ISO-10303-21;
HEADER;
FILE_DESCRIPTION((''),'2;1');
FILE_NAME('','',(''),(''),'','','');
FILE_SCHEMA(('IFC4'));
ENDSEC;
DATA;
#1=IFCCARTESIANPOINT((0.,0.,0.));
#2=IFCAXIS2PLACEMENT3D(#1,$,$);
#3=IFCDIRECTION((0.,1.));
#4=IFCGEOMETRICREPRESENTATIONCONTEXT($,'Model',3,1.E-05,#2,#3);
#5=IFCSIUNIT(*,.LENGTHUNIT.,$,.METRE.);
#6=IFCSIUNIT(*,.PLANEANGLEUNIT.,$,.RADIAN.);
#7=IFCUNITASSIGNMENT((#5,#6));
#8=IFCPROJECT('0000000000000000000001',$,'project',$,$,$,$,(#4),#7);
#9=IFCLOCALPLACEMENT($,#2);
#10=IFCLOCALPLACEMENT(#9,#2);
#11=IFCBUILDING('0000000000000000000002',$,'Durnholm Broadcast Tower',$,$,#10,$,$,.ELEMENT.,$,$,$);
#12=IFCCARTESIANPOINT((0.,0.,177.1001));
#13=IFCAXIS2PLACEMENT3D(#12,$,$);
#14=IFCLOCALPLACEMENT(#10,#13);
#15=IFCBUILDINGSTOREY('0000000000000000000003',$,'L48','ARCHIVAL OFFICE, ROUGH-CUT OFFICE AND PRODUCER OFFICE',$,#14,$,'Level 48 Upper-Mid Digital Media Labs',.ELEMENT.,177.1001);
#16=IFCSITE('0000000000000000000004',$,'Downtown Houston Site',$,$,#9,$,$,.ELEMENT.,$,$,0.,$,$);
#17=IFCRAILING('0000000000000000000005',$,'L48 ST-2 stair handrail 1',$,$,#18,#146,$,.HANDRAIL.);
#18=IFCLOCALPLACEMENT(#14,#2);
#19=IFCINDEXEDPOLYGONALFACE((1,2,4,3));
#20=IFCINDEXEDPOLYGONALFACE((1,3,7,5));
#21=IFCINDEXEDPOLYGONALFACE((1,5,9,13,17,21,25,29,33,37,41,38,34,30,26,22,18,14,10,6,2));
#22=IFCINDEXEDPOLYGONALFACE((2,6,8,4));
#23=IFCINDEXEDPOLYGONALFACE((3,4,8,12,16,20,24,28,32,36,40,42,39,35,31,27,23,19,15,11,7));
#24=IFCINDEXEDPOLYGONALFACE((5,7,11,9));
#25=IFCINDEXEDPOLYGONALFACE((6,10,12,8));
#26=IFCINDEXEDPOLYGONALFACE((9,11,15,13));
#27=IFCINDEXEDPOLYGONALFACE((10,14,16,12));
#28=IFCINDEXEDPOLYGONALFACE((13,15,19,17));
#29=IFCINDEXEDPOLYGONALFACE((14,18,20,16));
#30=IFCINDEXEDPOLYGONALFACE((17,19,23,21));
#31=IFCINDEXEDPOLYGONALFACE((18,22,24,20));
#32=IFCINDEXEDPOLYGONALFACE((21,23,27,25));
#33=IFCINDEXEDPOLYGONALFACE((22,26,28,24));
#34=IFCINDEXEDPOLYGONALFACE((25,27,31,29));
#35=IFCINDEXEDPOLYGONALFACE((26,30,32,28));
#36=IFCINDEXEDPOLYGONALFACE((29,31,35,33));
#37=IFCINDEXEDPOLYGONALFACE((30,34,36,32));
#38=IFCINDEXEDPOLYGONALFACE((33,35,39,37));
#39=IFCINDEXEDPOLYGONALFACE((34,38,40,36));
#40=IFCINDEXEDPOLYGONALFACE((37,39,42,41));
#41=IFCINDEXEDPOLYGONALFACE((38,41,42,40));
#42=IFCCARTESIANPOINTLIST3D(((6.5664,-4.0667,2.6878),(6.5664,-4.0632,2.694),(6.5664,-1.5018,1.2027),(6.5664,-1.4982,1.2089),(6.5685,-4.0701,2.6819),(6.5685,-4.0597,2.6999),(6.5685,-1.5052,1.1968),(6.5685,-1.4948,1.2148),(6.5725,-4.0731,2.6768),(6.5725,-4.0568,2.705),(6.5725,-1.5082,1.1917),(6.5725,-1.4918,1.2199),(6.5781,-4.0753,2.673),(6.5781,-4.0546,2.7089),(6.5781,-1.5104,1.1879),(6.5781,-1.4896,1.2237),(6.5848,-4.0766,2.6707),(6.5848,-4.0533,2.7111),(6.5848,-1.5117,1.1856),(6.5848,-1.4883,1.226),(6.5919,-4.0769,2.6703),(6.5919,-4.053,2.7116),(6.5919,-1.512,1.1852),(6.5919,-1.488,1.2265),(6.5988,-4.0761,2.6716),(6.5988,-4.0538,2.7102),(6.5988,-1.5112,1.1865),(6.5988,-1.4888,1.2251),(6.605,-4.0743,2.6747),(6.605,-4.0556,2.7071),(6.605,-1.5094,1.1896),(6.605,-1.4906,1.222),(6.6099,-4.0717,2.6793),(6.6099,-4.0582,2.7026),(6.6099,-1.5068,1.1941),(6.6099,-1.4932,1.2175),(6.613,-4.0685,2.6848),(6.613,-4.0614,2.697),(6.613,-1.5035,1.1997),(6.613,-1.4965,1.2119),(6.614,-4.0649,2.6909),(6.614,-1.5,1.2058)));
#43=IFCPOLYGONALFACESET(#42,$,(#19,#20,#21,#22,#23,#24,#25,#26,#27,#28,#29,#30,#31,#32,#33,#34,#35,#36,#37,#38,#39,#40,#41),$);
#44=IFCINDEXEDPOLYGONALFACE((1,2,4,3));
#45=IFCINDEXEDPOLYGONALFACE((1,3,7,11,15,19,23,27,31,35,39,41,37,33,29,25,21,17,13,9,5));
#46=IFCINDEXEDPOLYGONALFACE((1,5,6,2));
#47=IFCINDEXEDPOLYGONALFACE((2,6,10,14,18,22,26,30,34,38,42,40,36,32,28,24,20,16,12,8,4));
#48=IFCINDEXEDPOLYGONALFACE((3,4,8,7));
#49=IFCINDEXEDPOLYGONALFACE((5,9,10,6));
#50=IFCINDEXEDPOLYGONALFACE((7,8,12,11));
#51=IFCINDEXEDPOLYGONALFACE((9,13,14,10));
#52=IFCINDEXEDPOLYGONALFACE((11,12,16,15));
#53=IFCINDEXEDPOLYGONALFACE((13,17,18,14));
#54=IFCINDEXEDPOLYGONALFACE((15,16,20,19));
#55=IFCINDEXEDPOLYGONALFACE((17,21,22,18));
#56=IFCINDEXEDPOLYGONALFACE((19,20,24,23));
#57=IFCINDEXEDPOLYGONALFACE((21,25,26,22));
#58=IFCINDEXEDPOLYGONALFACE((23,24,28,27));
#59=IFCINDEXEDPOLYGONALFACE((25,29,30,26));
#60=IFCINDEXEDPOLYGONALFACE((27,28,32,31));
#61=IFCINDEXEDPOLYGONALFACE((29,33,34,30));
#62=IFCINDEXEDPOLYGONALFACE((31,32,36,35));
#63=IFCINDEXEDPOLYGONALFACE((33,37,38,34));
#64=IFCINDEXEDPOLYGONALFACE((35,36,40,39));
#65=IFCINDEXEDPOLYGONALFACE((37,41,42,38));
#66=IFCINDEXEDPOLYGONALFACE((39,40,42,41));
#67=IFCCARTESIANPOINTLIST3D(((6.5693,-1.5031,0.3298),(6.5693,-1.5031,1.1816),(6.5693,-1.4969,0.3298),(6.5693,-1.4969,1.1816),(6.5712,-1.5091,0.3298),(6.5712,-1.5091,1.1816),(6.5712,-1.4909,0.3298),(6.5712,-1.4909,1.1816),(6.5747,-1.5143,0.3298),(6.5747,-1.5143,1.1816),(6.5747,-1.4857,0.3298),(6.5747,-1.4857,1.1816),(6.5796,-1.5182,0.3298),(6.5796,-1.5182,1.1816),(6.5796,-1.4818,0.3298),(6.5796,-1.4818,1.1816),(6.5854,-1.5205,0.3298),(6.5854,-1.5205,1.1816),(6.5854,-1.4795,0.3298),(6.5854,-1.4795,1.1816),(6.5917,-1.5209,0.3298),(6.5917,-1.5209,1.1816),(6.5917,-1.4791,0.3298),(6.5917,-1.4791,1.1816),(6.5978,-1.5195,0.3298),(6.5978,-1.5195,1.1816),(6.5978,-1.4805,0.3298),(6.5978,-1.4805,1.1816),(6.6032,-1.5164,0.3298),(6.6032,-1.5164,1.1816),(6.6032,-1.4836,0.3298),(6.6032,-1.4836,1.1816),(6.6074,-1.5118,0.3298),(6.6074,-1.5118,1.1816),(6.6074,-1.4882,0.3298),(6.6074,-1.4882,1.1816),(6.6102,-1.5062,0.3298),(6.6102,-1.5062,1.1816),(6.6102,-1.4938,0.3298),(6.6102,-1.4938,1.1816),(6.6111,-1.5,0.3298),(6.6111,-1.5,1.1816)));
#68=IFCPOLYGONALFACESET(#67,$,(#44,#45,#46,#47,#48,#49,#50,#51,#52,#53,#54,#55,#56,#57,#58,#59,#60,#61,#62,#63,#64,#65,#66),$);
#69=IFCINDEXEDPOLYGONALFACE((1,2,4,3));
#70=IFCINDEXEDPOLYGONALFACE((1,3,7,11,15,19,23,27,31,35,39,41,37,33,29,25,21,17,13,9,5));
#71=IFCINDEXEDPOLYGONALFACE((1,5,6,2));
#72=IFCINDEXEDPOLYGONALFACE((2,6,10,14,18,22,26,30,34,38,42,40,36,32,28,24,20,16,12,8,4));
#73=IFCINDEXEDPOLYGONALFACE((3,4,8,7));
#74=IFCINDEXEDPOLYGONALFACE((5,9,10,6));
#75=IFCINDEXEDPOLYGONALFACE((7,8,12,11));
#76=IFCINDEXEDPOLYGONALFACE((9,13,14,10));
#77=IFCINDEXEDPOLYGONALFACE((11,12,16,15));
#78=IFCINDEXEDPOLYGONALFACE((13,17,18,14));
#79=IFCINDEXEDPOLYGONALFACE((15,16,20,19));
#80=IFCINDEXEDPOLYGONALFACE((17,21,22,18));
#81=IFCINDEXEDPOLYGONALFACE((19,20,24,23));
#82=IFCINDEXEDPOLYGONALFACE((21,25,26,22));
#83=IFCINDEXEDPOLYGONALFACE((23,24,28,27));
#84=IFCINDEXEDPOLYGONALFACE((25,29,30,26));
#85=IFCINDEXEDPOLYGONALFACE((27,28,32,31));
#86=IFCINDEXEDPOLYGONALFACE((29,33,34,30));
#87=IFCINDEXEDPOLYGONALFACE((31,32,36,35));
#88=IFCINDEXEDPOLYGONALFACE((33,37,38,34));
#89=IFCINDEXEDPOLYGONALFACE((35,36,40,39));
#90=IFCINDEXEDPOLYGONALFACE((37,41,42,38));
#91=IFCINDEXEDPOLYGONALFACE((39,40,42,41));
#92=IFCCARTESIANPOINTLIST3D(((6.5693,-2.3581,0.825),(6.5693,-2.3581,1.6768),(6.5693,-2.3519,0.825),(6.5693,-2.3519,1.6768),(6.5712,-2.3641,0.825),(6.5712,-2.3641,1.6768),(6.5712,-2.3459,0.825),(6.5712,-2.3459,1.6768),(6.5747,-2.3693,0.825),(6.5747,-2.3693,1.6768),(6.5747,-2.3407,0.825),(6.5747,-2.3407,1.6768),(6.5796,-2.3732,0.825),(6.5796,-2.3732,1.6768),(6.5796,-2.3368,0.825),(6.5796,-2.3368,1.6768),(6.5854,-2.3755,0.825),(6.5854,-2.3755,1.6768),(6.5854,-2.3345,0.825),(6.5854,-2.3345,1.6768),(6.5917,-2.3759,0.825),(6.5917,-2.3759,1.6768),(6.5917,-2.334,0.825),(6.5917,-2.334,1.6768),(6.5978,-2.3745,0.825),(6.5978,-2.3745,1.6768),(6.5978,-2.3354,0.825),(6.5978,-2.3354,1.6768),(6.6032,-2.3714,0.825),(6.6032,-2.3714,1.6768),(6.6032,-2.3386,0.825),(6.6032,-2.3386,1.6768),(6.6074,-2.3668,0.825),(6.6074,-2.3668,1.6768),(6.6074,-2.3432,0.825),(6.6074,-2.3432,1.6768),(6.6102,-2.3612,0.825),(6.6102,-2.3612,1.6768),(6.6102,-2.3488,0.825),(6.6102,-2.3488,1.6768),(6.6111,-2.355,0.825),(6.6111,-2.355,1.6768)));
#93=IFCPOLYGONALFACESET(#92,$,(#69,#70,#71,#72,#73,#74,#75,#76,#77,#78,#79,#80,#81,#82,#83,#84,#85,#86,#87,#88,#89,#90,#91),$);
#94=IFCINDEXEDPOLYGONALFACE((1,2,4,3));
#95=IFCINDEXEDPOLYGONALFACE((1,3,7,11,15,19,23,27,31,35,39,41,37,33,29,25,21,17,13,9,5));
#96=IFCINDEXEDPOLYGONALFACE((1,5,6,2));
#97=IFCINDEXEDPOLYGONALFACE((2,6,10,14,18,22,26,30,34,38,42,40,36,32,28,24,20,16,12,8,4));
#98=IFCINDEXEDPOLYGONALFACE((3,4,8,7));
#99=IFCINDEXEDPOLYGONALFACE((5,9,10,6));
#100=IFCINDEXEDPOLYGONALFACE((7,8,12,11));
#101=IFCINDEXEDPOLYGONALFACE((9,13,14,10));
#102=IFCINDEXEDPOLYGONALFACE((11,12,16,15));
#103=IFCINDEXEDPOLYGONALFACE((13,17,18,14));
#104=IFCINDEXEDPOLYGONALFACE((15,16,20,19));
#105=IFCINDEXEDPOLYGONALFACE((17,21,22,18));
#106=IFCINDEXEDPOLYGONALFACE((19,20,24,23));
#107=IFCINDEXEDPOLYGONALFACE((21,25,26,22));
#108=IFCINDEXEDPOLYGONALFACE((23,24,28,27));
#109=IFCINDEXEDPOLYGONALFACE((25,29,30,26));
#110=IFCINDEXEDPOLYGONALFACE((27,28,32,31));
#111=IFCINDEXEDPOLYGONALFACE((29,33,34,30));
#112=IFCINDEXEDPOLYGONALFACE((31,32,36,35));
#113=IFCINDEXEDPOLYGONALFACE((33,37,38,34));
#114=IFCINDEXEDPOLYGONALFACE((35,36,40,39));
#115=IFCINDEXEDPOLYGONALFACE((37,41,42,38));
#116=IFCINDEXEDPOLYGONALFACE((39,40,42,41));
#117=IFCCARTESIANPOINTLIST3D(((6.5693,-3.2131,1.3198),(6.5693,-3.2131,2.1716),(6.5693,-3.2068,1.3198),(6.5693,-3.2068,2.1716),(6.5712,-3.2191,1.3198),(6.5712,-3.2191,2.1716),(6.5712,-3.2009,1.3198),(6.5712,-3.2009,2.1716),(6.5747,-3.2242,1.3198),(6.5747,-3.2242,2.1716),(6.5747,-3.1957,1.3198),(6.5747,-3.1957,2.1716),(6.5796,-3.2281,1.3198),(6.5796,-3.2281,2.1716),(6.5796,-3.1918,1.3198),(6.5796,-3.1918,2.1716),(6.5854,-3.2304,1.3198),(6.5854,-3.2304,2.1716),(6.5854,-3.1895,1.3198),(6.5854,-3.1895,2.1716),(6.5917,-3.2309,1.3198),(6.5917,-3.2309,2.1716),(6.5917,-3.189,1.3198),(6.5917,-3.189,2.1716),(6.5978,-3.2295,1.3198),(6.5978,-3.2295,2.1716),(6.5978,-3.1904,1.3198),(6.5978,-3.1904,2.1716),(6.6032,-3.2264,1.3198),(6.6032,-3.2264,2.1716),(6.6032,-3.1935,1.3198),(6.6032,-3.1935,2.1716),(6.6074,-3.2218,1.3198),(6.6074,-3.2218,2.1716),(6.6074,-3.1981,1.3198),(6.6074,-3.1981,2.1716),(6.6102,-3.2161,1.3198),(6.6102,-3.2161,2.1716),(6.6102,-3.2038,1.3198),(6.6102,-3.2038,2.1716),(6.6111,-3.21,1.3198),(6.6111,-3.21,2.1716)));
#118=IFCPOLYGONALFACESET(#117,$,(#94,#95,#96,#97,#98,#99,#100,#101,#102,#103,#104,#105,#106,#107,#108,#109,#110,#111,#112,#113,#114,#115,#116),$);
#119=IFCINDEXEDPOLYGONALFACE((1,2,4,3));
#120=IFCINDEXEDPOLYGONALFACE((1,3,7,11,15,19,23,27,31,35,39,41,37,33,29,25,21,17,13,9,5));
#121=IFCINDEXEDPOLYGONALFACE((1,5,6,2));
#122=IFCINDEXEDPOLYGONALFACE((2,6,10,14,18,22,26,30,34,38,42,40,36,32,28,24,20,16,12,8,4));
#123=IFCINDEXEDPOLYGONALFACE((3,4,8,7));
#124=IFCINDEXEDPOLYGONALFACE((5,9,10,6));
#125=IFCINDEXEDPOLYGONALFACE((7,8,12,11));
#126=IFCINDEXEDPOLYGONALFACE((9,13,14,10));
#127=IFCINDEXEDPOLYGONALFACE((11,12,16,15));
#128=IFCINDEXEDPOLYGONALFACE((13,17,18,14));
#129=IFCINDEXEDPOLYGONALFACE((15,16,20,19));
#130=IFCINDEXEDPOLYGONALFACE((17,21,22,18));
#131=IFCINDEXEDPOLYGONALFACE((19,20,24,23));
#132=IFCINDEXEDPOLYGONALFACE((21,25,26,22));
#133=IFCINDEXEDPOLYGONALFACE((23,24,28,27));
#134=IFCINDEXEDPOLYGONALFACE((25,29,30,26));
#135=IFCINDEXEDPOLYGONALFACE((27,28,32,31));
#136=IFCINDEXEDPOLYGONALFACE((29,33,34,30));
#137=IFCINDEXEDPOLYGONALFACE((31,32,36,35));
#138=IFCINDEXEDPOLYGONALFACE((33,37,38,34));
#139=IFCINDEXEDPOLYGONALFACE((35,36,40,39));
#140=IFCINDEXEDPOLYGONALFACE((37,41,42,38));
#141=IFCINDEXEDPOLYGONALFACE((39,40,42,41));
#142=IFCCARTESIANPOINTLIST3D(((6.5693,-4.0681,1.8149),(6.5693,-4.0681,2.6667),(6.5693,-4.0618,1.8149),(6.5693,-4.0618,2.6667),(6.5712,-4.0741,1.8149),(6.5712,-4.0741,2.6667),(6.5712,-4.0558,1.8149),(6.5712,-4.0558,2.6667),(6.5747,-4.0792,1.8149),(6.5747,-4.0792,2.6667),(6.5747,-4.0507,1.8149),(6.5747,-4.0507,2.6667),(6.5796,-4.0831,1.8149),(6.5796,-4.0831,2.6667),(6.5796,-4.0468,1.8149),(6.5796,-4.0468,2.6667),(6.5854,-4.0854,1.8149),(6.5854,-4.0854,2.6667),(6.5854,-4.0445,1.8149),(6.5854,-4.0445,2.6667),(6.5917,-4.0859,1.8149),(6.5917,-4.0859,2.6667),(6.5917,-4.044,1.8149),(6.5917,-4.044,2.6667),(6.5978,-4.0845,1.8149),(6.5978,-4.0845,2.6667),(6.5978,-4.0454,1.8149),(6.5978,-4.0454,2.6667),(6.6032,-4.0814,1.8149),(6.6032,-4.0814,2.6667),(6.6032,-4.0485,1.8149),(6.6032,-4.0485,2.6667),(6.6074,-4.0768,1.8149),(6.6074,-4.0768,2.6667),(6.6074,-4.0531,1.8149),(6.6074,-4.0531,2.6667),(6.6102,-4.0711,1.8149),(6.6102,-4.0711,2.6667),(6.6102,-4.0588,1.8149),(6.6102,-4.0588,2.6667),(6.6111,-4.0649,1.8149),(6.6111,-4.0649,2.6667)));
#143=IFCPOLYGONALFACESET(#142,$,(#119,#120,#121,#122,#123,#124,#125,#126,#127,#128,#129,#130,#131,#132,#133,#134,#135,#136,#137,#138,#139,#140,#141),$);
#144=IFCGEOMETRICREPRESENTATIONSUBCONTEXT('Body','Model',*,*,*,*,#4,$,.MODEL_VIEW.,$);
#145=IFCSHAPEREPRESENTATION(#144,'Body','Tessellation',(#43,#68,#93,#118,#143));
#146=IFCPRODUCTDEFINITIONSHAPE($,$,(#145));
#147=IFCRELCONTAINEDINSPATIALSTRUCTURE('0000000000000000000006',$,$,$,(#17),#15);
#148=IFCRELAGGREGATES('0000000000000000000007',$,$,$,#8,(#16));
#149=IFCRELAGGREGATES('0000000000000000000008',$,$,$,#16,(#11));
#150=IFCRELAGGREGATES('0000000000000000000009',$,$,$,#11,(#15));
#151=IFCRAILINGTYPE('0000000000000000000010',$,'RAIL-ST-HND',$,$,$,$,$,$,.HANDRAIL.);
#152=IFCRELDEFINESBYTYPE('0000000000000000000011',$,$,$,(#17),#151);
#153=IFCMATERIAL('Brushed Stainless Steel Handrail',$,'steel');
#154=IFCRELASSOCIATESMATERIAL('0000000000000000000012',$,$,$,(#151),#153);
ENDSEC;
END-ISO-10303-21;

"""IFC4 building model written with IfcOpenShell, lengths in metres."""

from ifc_helpers import new_model, si_unit, direction, frame, origin, origin_2d, place, context, subcontext, project, spatial, circle, extrude, material, type_object, element, save


model = new_model("IFC4")

# Units and contexts
model_context = context("Model", 3, precision=1e-05, world=origin(), true_north=direction((0.0, 1.0)))
body_context = subcontext(model_context, "Body", "Model", "MODEL_VIEW")
ifc_project = project(units=[si_unit("LENGTHUNIT", "METRE"), si_unit("PLANEANGLEUNIT", "RADIAN")], contexts=[model_context])

# Site, building, storey
site_placement = place(None, origin())
site = spatial("IfcSite", under=ifc_project, at=site_placement, Name="Downtown Houston Site", CompositionType="ELEMENT", RefElevation=0.0)
building_placement = place(site_placement, origin())
building = spatial("IfcBuilding", under=site, at=building_placement, Name="Durnholm Broadcast Tower", CompositionType="ELEMENT")
storey_placement = place(building_placement, frame((0.0, 0.0, 177.1001)))
storey = spatial("IfcBuildingStorey", under=building, at=storey_placement, Name="L48", Description="ARCHIVAL OFFICE, ROUGH-CUT OFFICE AND PRODUCER OFFICE", LongName="Level 48 Upper-Mid Digital Media Labs", CompositionType="ELEMENT", Elevation=177.1001)

# Railing
ifc_material_1 = material(Name="Brushed Stainless Steel Handrail", Category="steel")
railing_type_1 = type_object("IfcRailingType", Name="RAIL-ST-HND", PredefinedType="HANDRAIL", material=ifc_material_1)
railing_1_placement = place(storey_placement, frame((6.5901, -1.5, 0.3298)))
element("IfcRailing", 1, at=railing_1_placement, inside=storey, type_object=railing_type_1, Name="L48 ST-2 stair handrail 1", PredefinedType="HANDRAIL", context=body_context, shape_type="SweptSolid", body=[
    extrude(circle(Radius=0.0239, at=origin_2d()), frame((0.0, 0.0, 0.876), z_axis=(0.0, -0.865406, 0.501072), x_axis=(1.0, 0.0, 0.0)), (0.0, 0.0, 1.0), 2.9639),
    extrude(circle(Radius=0.021, at=origin_2d()), origin(), (0.0, 0.0, 1.0), 0.8518),
    extrude(circle(Radius=0.021, at=origin_2d()), frame((0.0, -0.855, 0.4951)), (0.0, 0.0, 1.0), 0.8518),
    extrude(circle(Radius=0.021, at=origin_2d()), frame((0.0, -1.71, 0.99)), (0.0, 0.0, 1.0), 0.8518),
    extrude(circle(Radius=0.021, at=origin_2d()), frame((0.0, -2.5649, 1.4851)), (0.0, 0.0, 1.0), 0.8518),
])

save(model, "model.ifc")
